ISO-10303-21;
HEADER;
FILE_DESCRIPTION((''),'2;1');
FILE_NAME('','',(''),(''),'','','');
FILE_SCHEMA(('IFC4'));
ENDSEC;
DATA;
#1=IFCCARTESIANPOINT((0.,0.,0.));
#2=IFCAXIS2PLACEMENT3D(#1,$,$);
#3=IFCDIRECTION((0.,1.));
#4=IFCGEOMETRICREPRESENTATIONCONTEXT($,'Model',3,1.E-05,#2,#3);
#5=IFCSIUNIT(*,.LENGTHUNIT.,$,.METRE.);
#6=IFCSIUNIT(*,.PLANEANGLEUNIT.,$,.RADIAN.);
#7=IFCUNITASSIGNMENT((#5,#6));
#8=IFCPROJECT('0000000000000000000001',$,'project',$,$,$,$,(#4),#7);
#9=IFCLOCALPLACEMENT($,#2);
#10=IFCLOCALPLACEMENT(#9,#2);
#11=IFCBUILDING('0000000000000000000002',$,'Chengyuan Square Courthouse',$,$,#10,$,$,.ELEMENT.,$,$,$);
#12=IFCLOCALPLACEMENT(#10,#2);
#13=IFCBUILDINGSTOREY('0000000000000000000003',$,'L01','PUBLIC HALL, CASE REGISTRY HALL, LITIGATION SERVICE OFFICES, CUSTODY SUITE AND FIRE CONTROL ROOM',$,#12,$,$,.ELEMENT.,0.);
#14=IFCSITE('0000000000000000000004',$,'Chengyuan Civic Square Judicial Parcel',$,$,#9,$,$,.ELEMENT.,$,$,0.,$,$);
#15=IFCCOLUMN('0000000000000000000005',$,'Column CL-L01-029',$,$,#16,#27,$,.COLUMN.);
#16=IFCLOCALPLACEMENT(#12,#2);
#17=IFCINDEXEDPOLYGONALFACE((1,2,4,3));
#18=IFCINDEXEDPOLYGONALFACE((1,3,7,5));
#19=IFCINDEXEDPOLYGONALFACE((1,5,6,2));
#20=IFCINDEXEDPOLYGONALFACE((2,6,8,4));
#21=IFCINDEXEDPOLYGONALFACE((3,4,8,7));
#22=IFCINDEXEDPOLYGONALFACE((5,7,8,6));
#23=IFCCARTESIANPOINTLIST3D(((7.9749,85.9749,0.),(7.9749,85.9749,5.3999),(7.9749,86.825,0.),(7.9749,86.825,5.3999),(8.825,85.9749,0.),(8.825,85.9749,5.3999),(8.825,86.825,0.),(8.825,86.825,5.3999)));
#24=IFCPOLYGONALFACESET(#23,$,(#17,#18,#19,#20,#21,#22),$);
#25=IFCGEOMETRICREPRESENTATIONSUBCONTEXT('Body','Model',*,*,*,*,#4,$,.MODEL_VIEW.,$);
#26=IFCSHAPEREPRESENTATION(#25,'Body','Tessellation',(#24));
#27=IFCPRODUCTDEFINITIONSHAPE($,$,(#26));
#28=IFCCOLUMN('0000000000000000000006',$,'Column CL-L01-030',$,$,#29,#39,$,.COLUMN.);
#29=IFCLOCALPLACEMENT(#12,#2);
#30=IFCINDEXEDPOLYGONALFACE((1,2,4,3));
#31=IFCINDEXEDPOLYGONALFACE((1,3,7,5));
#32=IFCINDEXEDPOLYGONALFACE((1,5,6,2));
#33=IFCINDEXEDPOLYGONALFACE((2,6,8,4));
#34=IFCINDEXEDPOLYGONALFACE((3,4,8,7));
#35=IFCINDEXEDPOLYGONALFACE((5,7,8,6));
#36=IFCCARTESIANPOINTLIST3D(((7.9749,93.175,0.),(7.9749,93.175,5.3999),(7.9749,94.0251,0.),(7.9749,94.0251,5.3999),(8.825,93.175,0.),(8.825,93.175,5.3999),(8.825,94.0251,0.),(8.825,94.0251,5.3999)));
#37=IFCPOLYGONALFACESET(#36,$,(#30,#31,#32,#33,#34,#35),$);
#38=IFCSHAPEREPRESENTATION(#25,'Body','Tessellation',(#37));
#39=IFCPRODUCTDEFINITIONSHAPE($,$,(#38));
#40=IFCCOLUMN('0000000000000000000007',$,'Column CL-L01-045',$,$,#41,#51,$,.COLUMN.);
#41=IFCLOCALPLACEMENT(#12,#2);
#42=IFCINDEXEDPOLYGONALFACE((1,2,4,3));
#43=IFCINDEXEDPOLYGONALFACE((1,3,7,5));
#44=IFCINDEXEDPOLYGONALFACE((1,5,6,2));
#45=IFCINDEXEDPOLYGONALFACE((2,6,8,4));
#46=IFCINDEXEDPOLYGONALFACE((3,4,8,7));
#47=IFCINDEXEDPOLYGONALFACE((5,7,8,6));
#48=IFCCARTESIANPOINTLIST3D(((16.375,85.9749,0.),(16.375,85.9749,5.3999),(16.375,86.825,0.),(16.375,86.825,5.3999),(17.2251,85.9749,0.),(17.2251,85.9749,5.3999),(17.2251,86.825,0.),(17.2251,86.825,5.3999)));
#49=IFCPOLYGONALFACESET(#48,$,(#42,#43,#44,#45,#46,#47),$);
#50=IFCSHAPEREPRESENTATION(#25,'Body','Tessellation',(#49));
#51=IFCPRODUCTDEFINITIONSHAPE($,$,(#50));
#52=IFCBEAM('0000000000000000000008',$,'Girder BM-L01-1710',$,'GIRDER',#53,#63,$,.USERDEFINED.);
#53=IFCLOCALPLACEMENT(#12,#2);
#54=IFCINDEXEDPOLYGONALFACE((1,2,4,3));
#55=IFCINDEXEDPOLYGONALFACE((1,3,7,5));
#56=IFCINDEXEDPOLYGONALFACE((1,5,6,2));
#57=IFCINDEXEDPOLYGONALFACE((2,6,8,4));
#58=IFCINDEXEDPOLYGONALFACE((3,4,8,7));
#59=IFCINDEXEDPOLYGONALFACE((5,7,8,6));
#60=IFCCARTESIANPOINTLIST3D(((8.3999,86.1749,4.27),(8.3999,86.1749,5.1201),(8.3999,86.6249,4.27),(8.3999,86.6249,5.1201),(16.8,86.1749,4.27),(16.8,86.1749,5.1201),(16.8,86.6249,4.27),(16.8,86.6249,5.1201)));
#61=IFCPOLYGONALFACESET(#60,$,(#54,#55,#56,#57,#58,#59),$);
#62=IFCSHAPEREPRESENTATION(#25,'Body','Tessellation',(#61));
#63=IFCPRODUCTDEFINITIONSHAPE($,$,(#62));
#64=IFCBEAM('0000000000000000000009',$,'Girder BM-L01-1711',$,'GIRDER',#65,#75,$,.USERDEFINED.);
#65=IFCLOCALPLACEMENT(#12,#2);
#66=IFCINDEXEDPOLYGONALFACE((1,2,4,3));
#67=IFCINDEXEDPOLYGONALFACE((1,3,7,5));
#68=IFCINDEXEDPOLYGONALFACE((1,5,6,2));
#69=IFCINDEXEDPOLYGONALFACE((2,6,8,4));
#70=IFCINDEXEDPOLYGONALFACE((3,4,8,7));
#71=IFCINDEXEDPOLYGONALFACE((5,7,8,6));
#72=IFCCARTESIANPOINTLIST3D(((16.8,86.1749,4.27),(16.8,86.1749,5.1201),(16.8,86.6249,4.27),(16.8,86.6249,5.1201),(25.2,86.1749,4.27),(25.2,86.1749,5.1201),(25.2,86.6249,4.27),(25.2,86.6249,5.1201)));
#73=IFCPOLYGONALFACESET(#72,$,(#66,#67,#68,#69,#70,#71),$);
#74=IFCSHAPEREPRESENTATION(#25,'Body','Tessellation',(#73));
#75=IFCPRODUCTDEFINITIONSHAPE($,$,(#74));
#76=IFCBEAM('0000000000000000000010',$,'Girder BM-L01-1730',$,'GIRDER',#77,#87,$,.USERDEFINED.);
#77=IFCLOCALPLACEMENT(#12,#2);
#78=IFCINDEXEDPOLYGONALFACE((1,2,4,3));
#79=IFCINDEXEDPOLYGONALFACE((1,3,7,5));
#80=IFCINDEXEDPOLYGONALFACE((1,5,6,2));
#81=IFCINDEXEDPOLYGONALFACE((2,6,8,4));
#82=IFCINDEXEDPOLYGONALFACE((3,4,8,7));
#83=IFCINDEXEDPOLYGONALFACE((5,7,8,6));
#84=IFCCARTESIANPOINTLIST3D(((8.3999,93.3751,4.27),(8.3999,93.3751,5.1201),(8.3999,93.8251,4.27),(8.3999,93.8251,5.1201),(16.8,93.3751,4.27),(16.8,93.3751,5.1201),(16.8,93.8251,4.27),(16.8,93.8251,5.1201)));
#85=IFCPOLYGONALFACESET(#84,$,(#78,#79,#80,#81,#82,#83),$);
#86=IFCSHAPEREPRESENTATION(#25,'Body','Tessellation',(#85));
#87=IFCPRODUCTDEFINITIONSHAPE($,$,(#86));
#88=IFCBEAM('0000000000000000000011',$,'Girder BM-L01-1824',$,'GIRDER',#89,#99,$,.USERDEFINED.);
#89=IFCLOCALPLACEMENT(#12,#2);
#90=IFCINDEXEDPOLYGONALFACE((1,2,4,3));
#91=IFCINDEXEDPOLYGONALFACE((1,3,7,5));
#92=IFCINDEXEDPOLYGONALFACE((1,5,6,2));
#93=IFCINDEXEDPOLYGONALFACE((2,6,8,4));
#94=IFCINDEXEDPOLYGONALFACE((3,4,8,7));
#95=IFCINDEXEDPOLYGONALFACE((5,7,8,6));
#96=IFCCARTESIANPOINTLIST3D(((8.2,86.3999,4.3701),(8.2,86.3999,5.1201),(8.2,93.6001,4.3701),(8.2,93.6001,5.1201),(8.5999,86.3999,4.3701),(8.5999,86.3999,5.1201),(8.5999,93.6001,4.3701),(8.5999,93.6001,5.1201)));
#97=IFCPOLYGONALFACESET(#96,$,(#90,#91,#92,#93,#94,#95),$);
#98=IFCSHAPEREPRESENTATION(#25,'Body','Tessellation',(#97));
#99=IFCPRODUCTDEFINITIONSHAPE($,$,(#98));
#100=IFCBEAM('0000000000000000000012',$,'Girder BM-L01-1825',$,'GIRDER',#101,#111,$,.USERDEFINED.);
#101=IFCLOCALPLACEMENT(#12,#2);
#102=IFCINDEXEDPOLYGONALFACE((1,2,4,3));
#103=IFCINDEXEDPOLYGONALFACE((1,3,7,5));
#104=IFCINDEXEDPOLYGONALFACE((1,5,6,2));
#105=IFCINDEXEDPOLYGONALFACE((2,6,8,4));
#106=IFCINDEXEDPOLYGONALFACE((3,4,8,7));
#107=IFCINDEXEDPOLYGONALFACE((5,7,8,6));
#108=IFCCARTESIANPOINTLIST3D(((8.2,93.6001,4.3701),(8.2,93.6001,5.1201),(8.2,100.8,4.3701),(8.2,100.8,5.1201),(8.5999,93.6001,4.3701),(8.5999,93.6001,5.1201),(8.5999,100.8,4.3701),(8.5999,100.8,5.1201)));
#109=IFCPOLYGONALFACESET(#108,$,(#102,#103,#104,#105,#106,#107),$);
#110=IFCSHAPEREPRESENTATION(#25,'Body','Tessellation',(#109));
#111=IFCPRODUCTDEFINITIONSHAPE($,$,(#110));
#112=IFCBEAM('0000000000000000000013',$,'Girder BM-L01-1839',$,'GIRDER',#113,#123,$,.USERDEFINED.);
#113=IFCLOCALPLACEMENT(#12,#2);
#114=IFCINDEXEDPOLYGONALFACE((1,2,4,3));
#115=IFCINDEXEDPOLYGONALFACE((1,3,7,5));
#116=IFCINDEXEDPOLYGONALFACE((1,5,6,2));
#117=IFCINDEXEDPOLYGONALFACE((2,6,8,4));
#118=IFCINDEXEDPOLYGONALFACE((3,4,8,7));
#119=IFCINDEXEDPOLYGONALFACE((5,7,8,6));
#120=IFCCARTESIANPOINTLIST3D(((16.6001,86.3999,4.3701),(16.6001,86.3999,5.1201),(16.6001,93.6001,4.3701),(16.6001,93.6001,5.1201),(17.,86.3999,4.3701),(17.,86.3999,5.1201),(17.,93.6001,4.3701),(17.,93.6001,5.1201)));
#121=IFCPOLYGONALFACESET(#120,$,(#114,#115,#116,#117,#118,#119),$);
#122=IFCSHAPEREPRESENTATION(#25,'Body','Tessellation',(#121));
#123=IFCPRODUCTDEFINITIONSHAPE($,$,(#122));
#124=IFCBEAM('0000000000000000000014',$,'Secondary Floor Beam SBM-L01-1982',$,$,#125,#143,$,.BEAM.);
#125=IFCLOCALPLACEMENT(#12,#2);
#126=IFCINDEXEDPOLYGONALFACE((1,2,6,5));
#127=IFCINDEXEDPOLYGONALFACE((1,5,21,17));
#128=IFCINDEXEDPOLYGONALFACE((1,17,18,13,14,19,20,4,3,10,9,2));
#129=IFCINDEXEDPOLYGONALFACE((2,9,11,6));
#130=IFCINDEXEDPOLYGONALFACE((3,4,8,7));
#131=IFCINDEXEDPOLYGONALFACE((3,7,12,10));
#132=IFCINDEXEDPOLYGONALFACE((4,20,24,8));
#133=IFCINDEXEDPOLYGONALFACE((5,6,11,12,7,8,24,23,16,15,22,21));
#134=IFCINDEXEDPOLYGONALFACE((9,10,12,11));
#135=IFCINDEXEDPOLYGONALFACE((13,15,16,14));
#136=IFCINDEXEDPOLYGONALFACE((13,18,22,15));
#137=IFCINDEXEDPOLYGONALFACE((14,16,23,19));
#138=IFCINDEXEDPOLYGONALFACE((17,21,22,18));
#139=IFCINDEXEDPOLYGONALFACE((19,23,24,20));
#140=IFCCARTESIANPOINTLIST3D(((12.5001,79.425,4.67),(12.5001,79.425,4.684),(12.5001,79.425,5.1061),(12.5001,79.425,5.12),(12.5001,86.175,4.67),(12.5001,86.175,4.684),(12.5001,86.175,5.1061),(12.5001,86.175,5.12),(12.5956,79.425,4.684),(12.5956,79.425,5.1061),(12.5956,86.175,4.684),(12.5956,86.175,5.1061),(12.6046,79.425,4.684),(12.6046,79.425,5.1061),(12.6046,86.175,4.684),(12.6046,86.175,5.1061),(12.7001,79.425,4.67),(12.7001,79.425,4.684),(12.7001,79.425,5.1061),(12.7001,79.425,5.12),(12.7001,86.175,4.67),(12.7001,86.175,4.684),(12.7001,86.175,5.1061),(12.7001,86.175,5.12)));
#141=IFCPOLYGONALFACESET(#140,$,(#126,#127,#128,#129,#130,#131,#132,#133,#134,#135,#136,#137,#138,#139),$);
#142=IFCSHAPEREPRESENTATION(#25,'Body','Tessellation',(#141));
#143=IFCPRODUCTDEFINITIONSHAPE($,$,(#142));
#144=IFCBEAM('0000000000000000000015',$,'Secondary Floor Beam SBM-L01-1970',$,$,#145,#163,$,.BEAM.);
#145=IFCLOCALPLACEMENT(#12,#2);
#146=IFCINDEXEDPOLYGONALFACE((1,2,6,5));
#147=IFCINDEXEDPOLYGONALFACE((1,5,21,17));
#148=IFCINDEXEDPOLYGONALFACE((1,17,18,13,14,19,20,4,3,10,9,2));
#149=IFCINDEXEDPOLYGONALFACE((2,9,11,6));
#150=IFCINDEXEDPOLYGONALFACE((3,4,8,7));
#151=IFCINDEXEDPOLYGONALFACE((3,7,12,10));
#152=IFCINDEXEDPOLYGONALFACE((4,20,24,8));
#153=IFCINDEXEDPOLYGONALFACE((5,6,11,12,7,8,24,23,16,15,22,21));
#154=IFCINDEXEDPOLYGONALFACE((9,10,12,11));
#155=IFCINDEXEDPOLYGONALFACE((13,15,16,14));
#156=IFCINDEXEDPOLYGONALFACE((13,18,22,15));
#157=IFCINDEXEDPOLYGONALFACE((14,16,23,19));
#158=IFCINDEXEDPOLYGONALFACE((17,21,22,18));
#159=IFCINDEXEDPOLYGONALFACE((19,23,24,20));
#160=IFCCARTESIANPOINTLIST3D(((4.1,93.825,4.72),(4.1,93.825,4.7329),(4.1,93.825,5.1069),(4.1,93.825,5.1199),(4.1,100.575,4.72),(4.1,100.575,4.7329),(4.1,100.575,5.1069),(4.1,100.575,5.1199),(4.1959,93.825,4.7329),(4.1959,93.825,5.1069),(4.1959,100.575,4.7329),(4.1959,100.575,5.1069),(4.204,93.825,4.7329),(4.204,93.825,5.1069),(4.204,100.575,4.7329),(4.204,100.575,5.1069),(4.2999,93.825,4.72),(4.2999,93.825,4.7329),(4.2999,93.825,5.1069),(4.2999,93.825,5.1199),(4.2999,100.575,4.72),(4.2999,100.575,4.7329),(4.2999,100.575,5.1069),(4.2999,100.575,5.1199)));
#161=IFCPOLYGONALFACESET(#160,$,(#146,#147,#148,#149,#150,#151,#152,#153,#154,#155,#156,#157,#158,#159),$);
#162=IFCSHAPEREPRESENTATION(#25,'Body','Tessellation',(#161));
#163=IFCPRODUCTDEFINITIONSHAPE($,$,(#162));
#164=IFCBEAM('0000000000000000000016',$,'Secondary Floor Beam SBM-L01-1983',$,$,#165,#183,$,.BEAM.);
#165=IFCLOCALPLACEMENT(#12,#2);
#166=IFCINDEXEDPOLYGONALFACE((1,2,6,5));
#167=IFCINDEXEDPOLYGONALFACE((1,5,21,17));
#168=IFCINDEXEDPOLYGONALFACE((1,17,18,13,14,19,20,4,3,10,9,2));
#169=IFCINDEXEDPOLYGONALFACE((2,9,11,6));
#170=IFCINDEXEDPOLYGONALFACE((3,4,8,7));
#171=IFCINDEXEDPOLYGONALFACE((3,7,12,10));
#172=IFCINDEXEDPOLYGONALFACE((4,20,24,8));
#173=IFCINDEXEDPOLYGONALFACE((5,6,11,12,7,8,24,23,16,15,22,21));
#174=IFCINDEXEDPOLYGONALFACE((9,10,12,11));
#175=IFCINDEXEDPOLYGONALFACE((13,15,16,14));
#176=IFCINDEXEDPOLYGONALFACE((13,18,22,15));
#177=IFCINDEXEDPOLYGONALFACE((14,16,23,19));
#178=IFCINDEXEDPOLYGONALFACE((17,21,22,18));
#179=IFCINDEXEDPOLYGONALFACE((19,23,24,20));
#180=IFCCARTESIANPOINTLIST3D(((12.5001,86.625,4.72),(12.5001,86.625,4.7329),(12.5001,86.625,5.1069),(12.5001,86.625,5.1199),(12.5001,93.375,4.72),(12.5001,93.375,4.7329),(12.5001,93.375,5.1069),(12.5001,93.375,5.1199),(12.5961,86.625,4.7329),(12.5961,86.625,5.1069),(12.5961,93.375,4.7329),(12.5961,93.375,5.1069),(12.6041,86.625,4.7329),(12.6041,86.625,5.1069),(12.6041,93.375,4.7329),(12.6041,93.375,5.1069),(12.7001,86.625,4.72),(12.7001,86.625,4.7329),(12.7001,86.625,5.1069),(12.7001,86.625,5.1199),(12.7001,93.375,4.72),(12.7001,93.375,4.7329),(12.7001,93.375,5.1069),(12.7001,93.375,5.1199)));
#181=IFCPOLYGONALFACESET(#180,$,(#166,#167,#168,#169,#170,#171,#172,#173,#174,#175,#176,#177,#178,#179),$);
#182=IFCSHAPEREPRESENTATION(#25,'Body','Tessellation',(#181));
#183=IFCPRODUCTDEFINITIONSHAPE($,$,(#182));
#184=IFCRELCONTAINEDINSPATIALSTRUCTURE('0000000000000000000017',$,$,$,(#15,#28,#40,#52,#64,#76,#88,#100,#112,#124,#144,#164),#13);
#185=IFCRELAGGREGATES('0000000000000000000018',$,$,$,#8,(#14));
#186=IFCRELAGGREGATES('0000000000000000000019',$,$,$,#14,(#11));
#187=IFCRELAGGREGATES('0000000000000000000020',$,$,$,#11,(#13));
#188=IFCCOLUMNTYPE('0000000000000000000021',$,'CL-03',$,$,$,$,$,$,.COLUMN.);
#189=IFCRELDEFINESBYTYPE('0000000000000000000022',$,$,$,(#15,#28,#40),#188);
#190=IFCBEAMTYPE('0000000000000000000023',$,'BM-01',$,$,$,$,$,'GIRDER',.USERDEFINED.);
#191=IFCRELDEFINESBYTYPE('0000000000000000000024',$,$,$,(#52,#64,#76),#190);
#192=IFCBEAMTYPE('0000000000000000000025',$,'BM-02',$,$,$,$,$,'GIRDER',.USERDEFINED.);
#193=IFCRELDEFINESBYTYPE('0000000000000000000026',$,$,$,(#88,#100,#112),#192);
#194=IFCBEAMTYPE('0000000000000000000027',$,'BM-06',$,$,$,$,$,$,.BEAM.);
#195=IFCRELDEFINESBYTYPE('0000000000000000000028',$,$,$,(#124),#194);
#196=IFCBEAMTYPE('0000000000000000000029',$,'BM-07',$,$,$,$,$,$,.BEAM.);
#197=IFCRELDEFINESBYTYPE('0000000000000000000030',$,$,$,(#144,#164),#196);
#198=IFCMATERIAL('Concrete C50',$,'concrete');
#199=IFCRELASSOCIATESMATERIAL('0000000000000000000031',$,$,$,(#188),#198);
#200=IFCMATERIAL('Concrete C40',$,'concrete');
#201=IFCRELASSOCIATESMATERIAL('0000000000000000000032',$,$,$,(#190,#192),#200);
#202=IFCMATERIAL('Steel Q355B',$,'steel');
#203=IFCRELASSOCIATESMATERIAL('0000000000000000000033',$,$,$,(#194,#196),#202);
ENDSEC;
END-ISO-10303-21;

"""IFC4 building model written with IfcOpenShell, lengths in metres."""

from ifc_helpers import new_model, si_unit, direction, frame, origin, origin_2d, place, context, subcontext, project, spatial, rectangle, i_section, extrude, material, material_profile, profile_set, type_object, element, save


model = new_model("IFC4")

# Units and contexts
model_context = context("Model", 3, precision=1e-05, world=origin(), true_north=direction((0.0, 1.0)))
body_context = subcontext(model_context, "Body", "Model", "MODEL_VIEW")
ifc_project = project(units=[si_unit("LENGTHUNIT", "METRE"), si_unit("PLANEANGLEUNIT", "RADIAN")], contexts=[model_context])

# Site, building, storey
site_placement = place(None, origin())
site = spatial("IfcSite", under=ifc_project, at=site_placement, Name="Chengyuan Civic Square Judicial Parcel", CompositionType="ELEMENT", RefElevation=0.0)
building_placement = place(site_placement, origin())
building = spatial("IfcBuilding", under=site, at=building_placement, Name="Chengyuan Square Courthouse", CompositionType="ELEMENT")
storey_placement = place(building_placement, origin())
storey = spatial("IfcBuildingStorey", under=building, at=storey_placement, Name="L01", Description="PUBLIC HALL, CASE REGISTRY HALL, LITIGATION SERVICE OFFICES, CUSTODY SUITE AND FIRE CONTROL ROOM", CompositionType="ELEMENT", Elevation=0.0)

# Columns
ifc_material_1 = material(Name="Concrete C50", Category="concrete")
ifc_material_profile_1 = material_profile(ifc_material_1, rectangle(XDim=0.8501, YDim=0.8501, at=origin_2d()), Name="RC-COL-850x850")
ifc_profile_set_1 = profile_set([ifc_material_profile_1], Name="Concrete C50")
column_type = type_object("IfcColumnType", Name="CL-03", PredefinedType="COLUMN", material=ifc_profile_set_1)
for number, where, z_axis, x_axis, name in (
    (1, (8.3999, 86.3999, 0.0), (0.0, 0.0, 1.0), (1.0, 0.0, 0.0), "Column CL-L01-029"),
    (2, (8.3999, 93.6001, 0.0), (0.0, 0.0, 1.0), (1.0, 0.0, 0.0), "Column CL-L01-030"),
    (3, (16.8, 86.3999, 0.0), (0.0, 0.0, 1.0), (1.0, 0.0, 0.0), "Column CL-L01-045"),
):
    element("IfcColumn", number, at=place(storey_placement, frame(where, z_axis=z_axis, x_axis=x_axis)), inside=storey, type_object=column_type, Name=name, PredefinedType="COLUMN", context=body_context, shape_type="SweptSolid", body=[
        extrude(rectangle(XDim=0.8501, YDim=0.8501, at=origin_2d()), origin(), (0.0, 0.0, 1.0), 5.3999),
    ])

# Beams
ifc_material_2 = material(Name="Concrete C40", Category="concrete")
ifc_material_profile_2 = material_profile(ifc_material_2, rectangle(XDim=0.45, YDim=0.8501, at=origin_2d()), Name="RC-BM-450x850")
ifc_profile_set_2 = profile_set([ifc_material_profile_2], Name="Concrete C40")
beam_type_1 = type_object("IfcBeamType", Name="BM-01", ElementType="GIRDER", PredefinedType="USERDEFINED", material=ifc_profile_set_2)
beam_1_placement = place(storey_placement, frame((8.3999, 86.3999, 4.6951), z_axis=(1.0, 0.0, 0.0), x_axis=(0.0, 1.0, 0.0)))
element("IfcBeam", 4, at=beam_1_placement, inside=storey, type_object=beam_type_1, Name="Girder BM-L01-1710", ObjectType="GIRDER", PredefinedType="USERDEFINED", context=body_context, shape_type="SweptSolid", body=[
    extrude(rectangle(XDim=0.45, YDim=0.8501, at=origin_2d()), origin(), (0.0, 0.0, 1.0), 8.4001),
])
beam_2_placement = place(storey_placement, frame((16.8, 86.3999, 4.6951), z_axis=(1.0, 0.0, 0.0), x_axis=(0.0, 1.0, 0.0)))
element("IfcBeam", 5, at=beam_2_placement, inside=storey, type_object=beam_type_1, Name="Girder BM-L01-1711", ObjectType="GIRDER", PredefinedType="USERDEFINED", context=body_context, shape_type="SweptSolid", body=[
    extrude(rectangle(XDim=0.45, YDim=0.8501, at=origin_2d()), origin(), (0.0, 0.0, 1.0), 8.3999),
])
beam_3_placement = place(storey_placement, frame((8.3999, 93.6001, 4.6951), z_axis=(1.0, 0.0, 0.0), x_axis=(0.0, 1.0, 0.0)))
element("IfcBeam", 6, at=beam_3_placement, inside=storey, type_object=beam_type_1, Name="Girder BM-L01-1730", ObjectType="GIRDER", PredefinedType="USERDEFINED", context=body_context, shape_type="SweptSolid", body=[
    extrude(rectangle(XDim=0.45, YDim=0.8501, at=origin_2d()), origin(), (0.0, 0.0, 1.0), 8.4001),
])
ifc_material_profile_3 = material_profile(ifc_material_2, rectangle(XDim=0.3999, YDim=0.75, at=origin_2d()), Name="RC-BM-400x750")
ifc_profile_set_3 = profile_set([ifc_material_profile_3], Name="Concrete C40")
beam_type_2 = type_object("IfcBeamType", Name="BM-02", ElementType="GIRDER", PredefinedType="USERDEFINED", material=ifc_profile_set_3)
beam_4_placement = place(storey_placement, frame((8.3999, 86.3999, 4.7451), z_axis=(0.0, 1.0, 0.0), x_axis=(-1.0, 0.0, 0.0)))
element("IfcBeam", 7, at=beam_4_placement, inside=storey, type_object=beam_type_2, Name="Girder BM-L01-1824", ObjectType="GIRDER", PredefinedType="USERDEFINED", context=body_context, shape_type="SweptSolid", body=[
    extrude(rectangle(XDim=0.3999, YDim=0.75, at=origin_2d()), origin(), (0.0, 0.0, 1.0), 7.2002),
])
beam_5_placement = place(storey_placement, frame((8.3999, 93.6001, 4.7451), z_axis=(0.0, 1.0, 0.0), x_axis=(-1.0, 0.0, 0.0)))
element("IfcBeam", 8, at=beam_5_placement, inside=storey, type_object=beam_type_2, Name="Girder BM-L01-1825", ObjectType="GIRDER", PredefinedType="USERDEFINED", context=body_context, shape_type="SweptSolid", body=[
    extrude(rectangle(XDim=0.3999, YDim=0.75, at=origin_2d()), origin(), (0.0, 0.0, 1.0), 7.2),
])
beam_6_placement = place(storey_placement, frame((16.8, 86.3999, 4.7451), z_axis=(0.0, 1.0, 0.0), x_axis=(-1.0, 0.0, 0.0)))
element("IfcBeam", 9, at=beam_6_placement, inside=storey, type_object=beam_type_2, Name="Girder BM-L01-1839", ObjectType="GIRDER", PredefinedType="USERDEFINED", context=body_context, shape_type="SweptSolid", body=[
    extrude(rectangle(XDim=0.3999, YDim=0.75, at=origin_2d()), origin(), (0.0, 0.0, 1.0), 7.2002),
])
ifc_material_3 = material(Name="Steel Q355B", Category="steel")
ifc_material_profile_4 = material_profile(ifc_material_3, i_section(OverallWidth=0.2, OverallDepth=0.45, WebThickness=0.009, FlangeThickness=0.0139, at=origin_2d()), Name="HN 450x200x9x14")
ifc_profile_set_4 = profile_set([ifc_material_profile_4], Name="Steel Q355B")
beam_type_3 = type_object("IfcBeamType", Name="BM-06", PredefinedType="BEAM", material=ifc_profile_set_4)
beam_7_placement = place(storey_placement, frame((12.6001, 79.425, 4.895), z_axis=(0.0, 1.0, 0.0), x_axis=(-1.0, 0.0, 0.0)))
element("IfcBeam", 10, at=beam_7_placement, inside=storey, type_object=beam_type_3, Name="Secondary Floor Beam SBM-L01-1982", PredefinedType="BEAM", context=body_context, shape_type="SweptSolid", body=[
    extrude(i_section(OverallWidth=0.2, OverallDepth=0.45, WebThickness=0.009, FlangeThickness=0.0139, at=origin_2d()), origin(), (0.0, 0.0, 1.0), 6.75),
])
ifc_material_profile_5 = material_profile(ifc_material_3, i_section(OverallWidth=0.2, OverallDepth=0.3999, WebThickness=0.0081, FlangeThickness=0.0129, at=origin_2d()), Name="HN 400x200x8x13")
ifc_profile_set_5 = profile_set([ifc_material_profile_5], Name="Steel Q355B")
beam_type_4 = type_object("IfcBeamType", Name="BM-07", PredefinedType="BEAM", material=ifc_profile_set_5)
for number, where, z_axis, x_axis, name in (
    (11, (4.2, 93.825, 4.9199), (0.0, 1.0, 0.0), (-1.0, 0.0, 0.0), "Secondary Floor Beam SBM-L01-1970"),
    (12, (12.6001, 86.625, 4.9199), (0.0, 1.0, 0.0), (-1.0, 0.0, 0.0), "Secondary Floor Beam SBM-L01-1983"),
):
    element("IfcBeam", number, at=place(storey_placement, frame(where, z_axis=z_axis, x_axis=x_axis)), inside=storey, type_object=beam_type_4, Name=name, PredefinedType="BEAM", context=body_context, shape_type="SweptSolid", body=[
        extrude(i_section(OverallWidth=0.2, OverallDepth=0.3999, WebThickness=0.0081, FlangeThickness=0.0129, at=origin_2d()), origin(), (0.0, 0.0, 1.0), 6.75),
    ])

save(model, "model.ifc")
